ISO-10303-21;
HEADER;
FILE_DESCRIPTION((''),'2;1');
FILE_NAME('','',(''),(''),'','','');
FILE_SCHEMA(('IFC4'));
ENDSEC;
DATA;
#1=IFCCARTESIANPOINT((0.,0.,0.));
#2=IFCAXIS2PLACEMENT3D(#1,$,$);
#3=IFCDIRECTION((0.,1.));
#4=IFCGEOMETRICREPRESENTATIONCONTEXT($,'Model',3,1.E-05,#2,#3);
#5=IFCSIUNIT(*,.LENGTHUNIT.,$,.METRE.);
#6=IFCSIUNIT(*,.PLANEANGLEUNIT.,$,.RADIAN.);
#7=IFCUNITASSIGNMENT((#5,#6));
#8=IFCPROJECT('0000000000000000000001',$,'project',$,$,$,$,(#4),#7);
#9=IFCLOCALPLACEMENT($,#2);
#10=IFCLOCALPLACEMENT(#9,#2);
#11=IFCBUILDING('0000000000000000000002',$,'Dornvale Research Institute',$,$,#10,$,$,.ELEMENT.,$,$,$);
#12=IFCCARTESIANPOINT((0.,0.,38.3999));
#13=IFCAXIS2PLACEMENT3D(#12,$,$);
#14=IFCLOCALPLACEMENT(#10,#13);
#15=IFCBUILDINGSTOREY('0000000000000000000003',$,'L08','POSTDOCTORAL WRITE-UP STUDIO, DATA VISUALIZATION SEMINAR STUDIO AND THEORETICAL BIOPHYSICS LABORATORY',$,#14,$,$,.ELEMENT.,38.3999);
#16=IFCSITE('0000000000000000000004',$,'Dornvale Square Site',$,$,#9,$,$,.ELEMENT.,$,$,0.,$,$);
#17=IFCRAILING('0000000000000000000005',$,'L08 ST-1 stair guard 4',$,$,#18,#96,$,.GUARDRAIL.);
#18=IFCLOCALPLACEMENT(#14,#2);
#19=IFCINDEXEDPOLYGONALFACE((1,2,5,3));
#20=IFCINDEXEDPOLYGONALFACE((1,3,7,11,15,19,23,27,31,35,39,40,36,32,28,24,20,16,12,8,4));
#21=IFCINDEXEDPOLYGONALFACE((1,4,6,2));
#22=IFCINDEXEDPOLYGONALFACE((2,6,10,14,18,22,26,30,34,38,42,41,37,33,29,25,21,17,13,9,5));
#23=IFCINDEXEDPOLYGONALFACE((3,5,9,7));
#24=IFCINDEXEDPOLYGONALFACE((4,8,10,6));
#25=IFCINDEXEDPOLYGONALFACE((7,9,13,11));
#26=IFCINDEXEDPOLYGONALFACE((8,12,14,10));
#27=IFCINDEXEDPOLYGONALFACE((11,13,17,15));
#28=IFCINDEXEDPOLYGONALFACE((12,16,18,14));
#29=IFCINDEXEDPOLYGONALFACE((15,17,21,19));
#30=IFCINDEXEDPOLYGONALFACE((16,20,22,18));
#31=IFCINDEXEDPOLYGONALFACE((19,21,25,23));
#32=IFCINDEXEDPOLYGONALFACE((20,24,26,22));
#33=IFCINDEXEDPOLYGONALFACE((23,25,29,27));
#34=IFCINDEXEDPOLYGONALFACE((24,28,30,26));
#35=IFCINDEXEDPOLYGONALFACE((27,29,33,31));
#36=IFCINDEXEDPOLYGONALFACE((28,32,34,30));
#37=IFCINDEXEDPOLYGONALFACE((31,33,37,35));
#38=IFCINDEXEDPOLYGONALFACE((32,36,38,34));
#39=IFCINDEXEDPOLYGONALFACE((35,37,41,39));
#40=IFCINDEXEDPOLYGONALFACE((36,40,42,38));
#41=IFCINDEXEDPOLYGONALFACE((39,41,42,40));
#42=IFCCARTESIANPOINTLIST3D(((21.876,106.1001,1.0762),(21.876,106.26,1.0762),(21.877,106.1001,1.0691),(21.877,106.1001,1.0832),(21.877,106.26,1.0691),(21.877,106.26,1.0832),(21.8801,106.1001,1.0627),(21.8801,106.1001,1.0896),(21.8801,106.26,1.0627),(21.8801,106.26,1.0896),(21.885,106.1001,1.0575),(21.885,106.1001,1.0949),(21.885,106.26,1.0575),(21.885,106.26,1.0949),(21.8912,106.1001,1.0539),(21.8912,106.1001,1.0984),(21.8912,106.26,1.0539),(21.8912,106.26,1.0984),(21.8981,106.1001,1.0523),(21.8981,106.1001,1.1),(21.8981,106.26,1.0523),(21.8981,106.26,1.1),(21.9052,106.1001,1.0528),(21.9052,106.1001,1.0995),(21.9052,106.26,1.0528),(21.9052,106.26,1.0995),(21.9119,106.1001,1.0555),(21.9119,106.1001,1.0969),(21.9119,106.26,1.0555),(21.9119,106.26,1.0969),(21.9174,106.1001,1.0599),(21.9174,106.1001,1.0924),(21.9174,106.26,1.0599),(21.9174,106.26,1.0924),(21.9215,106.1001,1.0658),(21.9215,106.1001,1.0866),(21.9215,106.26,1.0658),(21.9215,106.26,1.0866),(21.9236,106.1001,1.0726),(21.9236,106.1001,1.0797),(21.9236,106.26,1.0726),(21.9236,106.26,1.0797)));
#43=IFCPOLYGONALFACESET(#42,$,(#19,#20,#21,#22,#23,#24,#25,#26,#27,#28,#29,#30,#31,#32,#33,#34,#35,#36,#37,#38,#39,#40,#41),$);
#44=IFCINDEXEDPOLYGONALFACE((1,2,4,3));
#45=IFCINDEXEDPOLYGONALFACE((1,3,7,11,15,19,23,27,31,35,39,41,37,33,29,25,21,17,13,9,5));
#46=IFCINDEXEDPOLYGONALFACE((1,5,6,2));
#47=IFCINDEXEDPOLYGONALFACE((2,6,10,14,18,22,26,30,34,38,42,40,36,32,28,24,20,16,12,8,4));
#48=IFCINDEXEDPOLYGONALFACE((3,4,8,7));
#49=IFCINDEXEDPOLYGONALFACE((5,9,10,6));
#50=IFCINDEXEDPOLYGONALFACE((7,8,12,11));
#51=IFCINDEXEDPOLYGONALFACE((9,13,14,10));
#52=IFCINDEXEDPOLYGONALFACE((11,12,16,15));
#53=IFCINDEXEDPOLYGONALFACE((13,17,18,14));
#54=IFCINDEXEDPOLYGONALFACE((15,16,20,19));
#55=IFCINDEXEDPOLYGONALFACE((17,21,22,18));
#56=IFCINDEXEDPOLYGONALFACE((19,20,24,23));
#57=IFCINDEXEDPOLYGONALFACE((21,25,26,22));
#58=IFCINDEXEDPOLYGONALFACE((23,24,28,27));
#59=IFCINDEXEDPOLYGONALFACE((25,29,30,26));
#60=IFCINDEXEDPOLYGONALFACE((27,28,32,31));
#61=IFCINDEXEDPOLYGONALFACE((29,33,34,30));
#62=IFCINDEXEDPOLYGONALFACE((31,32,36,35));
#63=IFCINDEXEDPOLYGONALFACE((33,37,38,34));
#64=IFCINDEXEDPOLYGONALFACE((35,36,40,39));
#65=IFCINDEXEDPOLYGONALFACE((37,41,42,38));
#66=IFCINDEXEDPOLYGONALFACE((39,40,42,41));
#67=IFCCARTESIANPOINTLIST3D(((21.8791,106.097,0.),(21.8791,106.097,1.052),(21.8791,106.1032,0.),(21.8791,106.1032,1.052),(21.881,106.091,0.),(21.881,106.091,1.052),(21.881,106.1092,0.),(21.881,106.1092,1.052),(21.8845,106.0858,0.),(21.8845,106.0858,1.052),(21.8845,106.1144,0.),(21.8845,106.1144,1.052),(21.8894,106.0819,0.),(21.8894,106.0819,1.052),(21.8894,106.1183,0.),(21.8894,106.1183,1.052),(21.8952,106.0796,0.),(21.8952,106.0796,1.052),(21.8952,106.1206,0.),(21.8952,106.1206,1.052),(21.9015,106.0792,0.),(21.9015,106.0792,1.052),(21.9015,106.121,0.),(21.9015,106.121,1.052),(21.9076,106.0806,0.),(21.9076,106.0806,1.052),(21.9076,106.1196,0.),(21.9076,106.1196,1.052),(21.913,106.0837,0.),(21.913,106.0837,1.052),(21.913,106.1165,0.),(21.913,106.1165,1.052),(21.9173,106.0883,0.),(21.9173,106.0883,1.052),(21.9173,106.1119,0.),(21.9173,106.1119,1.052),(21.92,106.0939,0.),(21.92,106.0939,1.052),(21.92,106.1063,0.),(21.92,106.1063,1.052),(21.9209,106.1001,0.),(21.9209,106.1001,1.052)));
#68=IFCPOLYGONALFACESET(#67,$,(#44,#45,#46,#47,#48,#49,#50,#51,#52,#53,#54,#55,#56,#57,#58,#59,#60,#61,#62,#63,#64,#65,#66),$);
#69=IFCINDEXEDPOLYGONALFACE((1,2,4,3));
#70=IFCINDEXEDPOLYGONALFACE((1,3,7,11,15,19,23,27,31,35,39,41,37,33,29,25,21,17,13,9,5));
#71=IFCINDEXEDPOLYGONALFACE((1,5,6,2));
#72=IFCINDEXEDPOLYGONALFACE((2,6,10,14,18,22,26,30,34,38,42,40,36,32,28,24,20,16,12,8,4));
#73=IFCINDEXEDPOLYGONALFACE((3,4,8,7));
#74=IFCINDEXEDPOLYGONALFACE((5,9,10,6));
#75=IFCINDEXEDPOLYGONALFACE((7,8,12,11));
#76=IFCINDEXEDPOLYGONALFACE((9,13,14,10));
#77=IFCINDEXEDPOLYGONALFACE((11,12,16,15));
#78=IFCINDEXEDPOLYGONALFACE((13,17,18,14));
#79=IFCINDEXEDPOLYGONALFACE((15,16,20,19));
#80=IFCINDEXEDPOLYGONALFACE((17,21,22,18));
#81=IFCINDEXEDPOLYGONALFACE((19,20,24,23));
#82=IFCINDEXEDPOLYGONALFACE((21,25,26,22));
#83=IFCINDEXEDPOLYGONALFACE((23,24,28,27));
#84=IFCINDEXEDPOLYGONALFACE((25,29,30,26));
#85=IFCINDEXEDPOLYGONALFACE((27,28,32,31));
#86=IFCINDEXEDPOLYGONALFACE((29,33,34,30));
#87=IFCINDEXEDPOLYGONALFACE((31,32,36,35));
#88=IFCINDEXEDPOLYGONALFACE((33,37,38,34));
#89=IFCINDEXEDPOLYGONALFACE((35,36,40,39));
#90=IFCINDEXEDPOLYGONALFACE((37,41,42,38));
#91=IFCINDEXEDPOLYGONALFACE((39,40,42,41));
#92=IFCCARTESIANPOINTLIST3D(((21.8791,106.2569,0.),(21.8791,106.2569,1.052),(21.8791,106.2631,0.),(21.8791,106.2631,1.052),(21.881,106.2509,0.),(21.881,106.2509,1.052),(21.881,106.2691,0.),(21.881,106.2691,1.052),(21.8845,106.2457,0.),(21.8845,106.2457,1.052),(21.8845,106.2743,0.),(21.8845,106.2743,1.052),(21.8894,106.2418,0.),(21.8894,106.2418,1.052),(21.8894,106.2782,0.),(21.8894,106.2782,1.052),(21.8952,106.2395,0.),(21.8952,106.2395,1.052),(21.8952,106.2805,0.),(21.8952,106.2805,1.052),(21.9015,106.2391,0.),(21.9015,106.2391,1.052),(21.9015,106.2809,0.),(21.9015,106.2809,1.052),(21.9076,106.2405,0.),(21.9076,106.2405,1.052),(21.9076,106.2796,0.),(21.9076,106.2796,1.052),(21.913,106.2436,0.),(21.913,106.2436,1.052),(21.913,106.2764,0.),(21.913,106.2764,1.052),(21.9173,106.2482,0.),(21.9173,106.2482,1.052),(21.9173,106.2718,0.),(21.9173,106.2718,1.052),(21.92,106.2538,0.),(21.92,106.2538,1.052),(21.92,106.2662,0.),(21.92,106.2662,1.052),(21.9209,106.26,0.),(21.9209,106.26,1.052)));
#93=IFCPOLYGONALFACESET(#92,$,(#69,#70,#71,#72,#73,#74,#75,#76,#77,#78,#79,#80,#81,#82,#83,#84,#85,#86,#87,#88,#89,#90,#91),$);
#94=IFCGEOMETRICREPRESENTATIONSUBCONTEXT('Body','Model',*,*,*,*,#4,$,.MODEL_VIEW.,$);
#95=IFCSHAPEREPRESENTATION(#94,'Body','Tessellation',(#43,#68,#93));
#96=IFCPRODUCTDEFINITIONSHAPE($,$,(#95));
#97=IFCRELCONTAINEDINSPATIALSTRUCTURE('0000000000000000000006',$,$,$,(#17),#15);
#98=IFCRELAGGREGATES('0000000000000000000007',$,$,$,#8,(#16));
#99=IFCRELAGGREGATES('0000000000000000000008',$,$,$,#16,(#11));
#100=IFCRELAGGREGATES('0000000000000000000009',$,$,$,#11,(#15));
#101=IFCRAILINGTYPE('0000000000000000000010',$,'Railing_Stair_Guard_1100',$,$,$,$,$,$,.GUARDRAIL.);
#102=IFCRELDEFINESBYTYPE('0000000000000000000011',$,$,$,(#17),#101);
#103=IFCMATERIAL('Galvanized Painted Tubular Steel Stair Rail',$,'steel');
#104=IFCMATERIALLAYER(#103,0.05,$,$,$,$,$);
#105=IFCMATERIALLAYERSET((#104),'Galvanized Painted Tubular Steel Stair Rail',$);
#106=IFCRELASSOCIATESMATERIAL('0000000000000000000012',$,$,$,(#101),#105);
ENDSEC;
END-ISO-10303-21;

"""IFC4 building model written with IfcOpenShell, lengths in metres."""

from ifc_helpers import new_model, si_unit, direction, frame, origin, origin_2d, place, context, subcontext, project, spatial, circle, extrude, material, layer, layer_set, type_object, element, save


model = new_model("IFC4")

# Units and contexts
model_context = context("Model", 3, precision=1e-05, world=origin(), true_north=direction((0.0, 1.0)))
body_context = subcontext(model_context, "Body", "Model", "MODEL_VIEW")
ifc_project = project(units=[si_unit("LENGTHUNIT", "METRE"), si_unit("PLANEANGLEUNIT", "RADIAN")], contexts=[model_context])

# Site, building, storey
site_placement = place(None, origin())
site = spatial("IfcSite", under=ifc_project, at=site_placement, Name="Dornvale Square Site", CompositionType="ELEMENT", RefElevation=0.0)
building_placement = place(site_placement, origin())
building = spatial("IfcBuilding", under=site, at=building_placement, Name="Dornvale Research Institute", CompositionType="ELEMENT")
storey_placement = place(building_placement, frame((0.0, 0.0, 38.3999)))
storey = spatial("IfcBuildingStorey", under=building, at=storey_placement, Name="L08", Description="POSTDOCTORAL WRITE-UP STUDIO, DATA VISUALIZATION SEMINAR STUDIO AND THEORETICAL BIOPHYSICS LABORATORY", CompositionType="ELEMENT", Elevation=38.3999)

# Railing
ifc_material_1 = material(Name="Galvanized Painted Tubular Steel Stair Rail", Category="steel")
ifc_layer_1 = layer(ifc_material_1, 0.05)
ifc_layer_set_1 = layer_set([ifc_layer_1], Name="Galvanized Painted Tubular Steel Stair Rail")
railing_type_1 = type_object("IfcRailingType", Name="Railing_Stair_Guard_1100", PredefinedType="GUARDRAIL", material=ifc_layer_set_1)
railing_1_placement = place(storey_placement, frame((21.8999, 106.1001, 0.0)))
element("IfcRailing", 1, at=railing_1_placement, inside=storey, type_object=railing_type_1, Name="L08 ST-1 stair guard 4", PredefinedType="GUARDRAIL", context=body_context, shape_type="SweptSolid", body=[
    extrude(circle(Radius=0.0239, at=origin_2d()), frame((0.0, 0.0, 1.0762), z_axis=(0.0, 1.0, 0.0), x_axis=(-1.0, 0.0, 0.0)), (0.0, 0.0, 1.0), 0.1599),
    extrude(circle(Radius=0.021, at=origin_2d()), origin(), (0.0, 0.0, 1.0), 1.052),
    extrude(circle(Radius=0.021, at=origin_2d()), frame((0.0, 0.1599, 0.0)), (0.0, 0.0, 1.0), 1.052),
])

save(model, "model.ifc")
